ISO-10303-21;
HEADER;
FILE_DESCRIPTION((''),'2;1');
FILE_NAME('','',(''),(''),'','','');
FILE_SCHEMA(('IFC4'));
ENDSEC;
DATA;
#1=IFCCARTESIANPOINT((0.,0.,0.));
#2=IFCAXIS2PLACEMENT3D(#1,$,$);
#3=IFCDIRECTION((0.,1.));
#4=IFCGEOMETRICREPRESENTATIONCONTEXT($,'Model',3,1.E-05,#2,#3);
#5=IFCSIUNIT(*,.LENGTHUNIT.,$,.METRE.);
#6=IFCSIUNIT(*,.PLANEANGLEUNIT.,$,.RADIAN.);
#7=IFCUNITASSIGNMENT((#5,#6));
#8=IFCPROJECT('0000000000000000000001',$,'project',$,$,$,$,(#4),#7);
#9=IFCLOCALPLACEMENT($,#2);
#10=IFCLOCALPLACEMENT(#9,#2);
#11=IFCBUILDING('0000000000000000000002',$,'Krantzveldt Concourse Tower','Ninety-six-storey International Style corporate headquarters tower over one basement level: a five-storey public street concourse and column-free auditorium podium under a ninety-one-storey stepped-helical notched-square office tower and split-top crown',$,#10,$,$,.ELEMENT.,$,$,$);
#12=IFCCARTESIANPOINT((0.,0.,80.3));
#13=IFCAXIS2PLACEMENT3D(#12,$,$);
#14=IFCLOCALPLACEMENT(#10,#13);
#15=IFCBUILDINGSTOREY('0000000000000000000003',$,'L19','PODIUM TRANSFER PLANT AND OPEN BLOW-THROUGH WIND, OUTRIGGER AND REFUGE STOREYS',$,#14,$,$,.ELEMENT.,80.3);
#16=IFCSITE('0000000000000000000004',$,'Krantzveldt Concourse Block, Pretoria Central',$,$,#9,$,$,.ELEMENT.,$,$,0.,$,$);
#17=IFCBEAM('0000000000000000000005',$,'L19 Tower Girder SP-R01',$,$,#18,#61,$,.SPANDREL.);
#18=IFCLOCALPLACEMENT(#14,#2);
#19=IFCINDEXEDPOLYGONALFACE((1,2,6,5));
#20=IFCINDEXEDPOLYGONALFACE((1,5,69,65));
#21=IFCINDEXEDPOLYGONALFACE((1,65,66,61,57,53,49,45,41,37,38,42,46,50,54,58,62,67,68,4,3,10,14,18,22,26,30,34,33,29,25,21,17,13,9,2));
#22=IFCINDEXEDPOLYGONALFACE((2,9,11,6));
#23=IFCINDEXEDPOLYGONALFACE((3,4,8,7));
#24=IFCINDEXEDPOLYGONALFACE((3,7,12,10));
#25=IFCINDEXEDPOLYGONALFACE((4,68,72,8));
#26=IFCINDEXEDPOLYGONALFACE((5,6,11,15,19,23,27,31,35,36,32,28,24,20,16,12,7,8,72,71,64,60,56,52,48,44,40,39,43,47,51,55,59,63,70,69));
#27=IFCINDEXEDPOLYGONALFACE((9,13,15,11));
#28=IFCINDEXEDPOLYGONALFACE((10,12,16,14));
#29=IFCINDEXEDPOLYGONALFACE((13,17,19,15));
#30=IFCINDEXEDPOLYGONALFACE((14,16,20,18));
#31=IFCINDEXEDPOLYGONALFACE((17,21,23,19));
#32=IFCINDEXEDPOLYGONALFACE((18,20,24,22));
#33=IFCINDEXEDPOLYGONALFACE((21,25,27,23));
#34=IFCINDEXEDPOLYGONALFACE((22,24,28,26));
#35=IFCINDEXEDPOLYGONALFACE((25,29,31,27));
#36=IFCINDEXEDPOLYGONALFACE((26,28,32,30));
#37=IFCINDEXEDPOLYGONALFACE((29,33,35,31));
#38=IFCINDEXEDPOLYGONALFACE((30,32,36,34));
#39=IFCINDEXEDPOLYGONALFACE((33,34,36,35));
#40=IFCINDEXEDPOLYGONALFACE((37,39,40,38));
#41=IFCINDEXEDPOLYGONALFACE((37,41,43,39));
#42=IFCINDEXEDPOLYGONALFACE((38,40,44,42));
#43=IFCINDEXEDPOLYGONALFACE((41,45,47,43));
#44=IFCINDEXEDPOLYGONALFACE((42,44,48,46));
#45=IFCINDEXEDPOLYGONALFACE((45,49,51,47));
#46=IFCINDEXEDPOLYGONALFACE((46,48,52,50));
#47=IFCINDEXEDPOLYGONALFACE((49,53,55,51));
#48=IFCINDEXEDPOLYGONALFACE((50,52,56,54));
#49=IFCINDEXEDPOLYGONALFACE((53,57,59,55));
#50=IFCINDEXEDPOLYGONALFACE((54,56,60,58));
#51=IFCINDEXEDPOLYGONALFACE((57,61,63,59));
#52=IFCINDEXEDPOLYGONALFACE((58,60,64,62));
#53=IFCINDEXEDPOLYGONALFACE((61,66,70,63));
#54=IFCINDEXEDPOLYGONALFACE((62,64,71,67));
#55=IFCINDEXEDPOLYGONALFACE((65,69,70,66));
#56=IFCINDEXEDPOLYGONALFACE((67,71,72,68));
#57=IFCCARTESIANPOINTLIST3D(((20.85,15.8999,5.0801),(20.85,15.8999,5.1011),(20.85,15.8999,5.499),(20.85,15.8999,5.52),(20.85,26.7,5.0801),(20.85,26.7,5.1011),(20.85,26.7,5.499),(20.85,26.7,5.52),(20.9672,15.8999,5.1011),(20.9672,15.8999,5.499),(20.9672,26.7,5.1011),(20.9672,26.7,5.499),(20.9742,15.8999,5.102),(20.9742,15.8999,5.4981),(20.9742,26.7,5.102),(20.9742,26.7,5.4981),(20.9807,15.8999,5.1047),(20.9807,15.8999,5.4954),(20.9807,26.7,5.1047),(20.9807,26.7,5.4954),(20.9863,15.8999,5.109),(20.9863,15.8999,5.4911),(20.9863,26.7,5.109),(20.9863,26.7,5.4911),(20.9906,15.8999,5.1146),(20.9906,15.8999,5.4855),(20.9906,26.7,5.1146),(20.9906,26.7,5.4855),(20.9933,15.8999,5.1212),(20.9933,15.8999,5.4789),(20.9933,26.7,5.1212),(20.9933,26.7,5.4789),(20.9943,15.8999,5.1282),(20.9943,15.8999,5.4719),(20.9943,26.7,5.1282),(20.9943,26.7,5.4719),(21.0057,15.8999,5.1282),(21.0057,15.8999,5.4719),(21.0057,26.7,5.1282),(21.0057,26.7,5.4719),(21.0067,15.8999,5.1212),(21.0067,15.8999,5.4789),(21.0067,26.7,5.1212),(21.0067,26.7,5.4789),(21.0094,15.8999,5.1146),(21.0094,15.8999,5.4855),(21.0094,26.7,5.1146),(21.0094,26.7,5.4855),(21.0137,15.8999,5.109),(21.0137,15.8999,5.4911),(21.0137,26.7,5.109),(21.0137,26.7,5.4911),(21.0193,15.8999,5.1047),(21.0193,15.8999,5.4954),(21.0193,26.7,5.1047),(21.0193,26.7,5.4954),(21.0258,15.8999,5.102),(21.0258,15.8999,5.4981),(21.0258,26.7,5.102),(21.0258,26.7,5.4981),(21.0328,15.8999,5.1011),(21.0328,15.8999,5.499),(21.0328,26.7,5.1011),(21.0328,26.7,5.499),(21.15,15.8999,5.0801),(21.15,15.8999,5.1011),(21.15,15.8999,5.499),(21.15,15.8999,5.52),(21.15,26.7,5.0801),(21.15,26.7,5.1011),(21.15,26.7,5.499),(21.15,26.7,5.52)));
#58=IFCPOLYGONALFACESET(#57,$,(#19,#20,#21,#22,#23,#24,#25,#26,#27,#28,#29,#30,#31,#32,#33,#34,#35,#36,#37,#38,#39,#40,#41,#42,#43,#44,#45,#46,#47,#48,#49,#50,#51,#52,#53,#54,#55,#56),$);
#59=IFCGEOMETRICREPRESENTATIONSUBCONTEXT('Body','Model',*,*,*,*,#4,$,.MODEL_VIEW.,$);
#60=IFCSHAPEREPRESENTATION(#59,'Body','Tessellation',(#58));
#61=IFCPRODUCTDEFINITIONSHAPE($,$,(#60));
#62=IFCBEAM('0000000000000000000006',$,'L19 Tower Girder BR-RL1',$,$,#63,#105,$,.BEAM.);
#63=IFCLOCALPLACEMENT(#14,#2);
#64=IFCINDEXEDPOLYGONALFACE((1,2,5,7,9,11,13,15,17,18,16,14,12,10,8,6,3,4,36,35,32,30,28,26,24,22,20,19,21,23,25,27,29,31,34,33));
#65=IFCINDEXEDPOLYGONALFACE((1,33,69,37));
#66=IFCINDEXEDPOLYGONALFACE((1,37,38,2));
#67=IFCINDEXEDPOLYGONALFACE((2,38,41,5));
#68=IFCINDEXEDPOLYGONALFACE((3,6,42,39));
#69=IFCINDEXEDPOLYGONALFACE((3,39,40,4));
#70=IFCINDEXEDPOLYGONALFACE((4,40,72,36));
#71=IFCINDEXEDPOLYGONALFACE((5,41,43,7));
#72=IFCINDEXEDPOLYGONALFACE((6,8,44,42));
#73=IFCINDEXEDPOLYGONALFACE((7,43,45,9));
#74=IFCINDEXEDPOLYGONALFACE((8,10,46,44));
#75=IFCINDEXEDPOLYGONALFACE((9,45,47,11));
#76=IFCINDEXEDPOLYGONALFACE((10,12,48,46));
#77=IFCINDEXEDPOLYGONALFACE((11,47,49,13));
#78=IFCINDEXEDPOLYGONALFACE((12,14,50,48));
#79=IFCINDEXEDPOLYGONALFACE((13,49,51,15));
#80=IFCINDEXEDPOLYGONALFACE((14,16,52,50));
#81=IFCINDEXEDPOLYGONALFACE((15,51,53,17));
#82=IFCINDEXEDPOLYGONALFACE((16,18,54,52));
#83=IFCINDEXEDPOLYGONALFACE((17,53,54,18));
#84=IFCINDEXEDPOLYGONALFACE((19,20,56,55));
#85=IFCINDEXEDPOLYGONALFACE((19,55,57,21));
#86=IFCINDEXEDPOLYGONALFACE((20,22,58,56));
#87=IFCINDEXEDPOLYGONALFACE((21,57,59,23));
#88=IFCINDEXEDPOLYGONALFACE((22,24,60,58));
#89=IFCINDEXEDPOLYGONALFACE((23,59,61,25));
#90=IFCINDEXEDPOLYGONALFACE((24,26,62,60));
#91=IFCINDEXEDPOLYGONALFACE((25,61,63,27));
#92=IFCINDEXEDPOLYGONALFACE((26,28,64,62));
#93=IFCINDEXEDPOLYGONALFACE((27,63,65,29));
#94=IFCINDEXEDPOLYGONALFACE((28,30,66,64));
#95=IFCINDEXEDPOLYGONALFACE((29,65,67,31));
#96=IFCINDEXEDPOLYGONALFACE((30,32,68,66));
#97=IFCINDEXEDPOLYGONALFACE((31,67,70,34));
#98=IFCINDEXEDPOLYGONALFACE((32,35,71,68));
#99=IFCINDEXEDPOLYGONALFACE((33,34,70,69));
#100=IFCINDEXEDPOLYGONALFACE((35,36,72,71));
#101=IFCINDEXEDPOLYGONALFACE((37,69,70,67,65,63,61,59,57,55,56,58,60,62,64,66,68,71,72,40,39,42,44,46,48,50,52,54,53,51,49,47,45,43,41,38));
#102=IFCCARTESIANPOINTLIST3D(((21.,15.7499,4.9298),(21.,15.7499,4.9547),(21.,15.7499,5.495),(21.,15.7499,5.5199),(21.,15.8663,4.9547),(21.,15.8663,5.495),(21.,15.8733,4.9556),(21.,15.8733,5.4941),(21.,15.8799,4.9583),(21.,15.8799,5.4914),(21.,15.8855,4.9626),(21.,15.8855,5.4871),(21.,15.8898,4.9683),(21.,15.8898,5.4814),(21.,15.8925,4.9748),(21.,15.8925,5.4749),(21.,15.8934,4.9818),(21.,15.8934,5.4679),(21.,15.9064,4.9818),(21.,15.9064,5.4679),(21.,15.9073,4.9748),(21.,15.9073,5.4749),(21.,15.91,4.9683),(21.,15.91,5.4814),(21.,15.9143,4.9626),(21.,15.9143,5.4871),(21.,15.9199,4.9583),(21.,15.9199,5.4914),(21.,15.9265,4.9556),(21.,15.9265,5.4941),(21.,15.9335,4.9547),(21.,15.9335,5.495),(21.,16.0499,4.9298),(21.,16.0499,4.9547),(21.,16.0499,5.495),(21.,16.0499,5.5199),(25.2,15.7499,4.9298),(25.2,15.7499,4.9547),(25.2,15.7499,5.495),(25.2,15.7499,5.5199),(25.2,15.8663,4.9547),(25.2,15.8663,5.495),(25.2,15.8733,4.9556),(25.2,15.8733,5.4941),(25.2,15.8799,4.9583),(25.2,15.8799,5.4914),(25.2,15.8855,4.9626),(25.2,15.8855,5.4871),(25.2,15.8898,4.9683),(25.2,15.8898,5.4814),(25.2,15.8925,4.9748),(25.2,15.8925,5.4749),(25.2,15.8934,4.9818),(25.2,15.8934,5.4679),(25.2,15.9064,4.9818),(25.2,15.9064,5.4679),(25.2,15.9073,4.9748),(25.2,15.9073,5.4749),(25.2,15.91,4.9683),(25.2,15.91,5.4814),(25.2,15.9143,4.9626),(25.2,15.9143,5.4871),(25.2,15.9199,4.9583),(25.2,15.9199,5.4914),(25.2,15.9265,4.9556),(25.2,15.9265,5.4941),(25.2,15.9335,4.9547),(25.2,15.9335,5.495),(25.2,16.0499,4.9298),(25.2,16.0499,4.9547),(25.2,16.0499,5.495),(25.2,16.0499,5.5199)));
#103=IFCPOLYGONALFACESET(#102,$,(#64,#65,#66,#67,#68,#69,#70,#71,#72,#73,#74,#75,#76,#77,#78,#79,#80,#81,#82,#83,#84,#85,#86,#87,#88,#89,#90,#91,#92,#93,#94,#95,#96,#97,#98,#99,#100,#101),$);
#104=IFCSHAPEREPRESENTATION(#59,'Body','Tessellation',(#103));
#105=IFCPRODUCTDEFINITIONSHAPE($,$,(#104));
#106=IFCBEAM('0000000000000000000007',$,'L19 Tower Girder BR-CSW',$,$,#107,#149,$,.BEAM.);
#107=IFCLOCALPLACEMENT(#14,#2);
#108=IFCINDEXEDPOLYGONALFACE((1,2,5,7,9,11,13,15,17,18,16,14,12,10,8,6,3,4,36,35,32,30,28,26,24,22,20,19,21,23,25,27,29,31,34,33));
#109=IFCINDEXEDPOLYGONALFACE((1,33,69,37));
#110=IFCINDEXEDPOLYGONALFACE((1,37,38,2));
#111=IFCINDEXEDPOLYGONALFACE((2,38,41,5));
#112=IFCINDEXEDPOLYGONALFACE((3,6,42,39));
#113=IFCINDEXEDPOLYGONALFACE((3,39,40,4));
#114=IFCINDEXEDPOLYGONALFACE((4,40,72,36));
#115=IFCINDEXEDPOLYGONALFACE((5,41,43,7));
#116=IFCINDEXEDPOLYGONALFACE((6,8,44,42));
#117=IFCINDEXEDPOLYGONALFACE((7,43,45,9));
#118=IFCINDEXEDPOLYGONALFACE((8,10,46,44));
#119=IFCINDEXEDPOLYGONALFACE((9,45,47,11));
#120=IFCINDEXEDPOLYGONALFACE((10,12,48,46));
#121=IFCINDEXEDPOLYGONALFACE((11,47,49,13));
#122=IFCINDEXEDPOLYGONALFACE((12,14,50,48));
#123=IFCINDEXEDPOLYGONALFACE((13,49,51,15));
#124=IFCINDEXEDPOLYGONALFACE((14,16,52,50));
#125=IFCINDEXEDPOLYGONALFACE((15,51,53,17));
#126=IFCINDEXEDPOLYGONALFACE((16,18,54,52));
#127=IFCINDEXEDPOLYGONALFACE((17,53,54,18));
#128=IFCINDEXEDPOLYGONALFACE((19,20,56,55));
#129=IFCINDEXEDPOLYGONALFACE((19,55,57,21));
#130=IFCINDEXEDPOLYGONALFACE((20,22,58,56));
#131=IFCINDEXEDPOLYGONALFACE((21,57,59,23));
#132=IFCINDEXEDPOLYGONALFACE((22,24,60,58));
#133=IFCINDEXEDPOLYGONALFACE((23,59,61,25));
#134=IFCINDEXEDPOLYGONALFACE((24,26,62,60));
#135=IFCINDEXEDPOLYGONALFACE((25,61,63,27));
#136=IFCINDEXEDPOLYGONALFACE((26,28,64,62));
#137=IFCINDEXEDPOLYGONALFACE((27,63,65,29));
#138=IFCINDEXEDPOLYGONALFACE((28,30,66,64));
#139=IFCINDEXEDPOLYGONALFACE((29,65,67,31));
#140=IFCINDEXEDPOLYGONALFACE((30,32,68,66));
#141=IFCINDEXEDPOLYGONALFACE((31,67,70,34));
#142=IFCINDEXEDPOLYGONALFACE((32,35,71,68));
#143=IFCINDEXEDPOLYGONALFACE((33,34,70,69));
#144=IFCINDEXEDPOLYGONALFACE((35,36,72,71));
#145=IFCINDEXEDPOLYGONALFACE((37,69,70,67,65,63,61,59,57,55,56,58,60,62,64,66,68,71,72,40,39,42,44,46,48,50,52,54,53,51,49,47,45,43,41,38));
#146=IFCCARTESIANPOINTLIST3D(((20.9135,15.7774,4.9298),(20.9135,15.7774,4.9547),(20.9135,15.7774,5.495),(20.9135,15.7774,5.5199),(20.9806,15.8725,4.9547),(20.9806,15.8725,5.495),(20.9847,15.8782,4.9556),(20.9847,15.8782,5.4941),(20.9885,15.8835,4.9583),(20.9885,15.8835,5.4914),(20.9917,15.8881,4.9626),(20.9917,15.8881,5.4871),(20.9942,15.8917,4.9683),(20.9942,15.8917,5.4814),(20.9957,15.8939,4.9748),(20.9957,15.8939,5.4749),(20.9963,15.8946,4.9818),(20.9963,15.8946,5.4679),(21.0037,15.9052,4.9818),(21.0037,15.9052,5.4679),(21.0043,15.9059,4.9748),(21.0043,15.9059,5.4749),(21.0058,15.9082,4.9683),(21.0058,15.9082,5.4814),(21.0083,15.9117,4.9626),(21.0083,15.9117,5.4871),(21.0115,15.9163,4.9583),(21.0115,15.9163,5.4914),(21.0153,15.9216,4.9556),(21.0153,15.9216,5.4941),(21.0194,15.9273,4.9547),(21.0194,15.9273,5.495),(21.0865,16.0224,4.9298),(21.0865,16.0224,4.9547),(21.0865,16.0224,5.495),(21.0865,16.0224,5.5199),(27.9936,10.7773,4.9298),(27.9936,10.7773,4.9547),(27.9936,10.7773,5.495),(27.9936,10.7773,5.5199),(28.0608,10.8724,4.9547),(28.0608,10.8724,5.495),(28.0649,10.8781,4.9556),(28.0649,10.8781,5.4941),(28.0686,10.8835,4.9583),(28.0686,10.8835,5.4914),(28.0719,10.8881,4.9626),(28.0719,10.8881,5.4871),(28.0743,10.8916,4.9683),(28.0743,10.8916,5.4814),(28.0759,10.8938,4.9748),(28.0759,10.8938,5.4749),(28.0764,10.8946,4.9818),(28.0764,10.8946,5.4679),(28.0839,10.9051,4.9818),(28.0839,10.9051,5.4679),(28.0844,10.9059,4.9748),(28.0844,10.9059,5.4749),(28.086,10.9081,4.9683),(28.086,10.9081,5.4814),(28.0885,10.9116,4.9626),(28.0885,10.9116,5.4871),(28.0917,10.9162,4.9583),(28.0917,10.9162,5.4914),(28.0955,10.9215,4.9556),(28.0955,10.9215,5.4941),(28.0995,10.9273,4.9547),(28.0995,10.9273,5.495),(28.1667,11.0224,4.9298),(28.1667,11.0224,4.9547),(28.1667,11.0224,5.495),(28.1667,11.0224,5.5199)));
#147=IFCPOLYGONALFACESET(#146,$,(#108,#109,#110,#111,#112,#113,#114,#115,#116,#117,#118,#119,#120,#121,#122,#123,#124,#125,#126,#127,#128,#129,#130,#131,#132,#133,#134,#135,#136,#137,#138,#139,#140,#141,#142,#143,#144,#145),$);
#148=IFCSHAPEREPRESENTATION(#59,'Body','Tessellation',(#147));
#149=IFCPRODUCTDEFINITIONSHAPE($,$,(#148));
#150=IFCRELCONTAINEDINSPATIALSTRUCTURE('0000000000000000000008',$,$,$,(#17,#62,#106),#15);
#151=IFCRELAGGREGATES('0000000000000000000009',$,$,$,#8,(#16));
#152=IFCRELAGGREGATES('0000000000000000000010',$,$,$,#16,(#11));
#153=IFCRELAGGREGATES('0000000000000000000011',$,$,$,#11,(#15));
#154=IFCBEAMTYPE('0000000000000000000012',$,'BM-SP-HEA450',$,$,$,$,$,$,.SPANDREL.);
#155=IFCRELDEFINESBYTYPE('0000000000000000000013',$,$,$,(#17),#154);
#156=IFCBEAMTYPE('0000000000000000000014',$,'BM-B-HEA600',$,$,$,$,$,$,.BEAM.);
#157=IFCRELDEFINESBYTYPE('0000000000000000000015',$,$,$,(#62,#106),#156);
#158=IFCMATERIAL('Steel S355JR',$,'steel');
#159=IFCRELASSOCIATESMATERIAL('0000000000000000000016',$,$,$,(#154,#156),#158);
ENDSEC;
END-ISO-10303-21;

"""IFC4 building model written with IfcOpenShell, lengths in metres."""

from ifc_helpers import new_model, si_unit, direction, frame, origin, origin_2d, place, context, subcontext, project, spatial, i_section, extrude, source, transform, mapped, material, material_profile, profile_set, type_object, type_shapes, element, save


model = new_model("IFC4")

# Units and contexts
model_context = context("Model", 3, precision=1e-05, world=origin(), true_north=direction((0.0, 1.0)))
body_context = subcontext(model_context, "Body", "Model", "MODEL_VIEW")
ifc_project = project(units=[si_unit("LENGTHUNIT", "METRE"), si_unit("PLANEANGLEUNIT", "RADIAN")], contexts=[model_context])

# Site, building, storey
site_placement = place(None, origin())
site = spatial("IfcSite", under=ifc_project, at=site_placement, Name="Krantzveldt Concourse Block, Pretoria Central", CompositionType="ELEMENT", RefElevation=0.0)
building_placement = place(site_placement, origin())
building = spatial("IfcBuilding", under=site, at=building_placement, Name="Krantzveldt Concourse Tower", Description="Ninety-six-storey International Style corporate headquarters tower over one basement level: a five-storey public street concourse and column-free auditorium podium under a ninety-one-storey stepped-helical notched-square office tower and split-top crown", CompositionType="ELEMENT")
storey_placement = place(building_placement, frame((0.0, 0.0, 80.3)))
storey = spatial("IfcBuildingStorey", under=building, at=storey_placement, Name="L19", Description="PODIUM TRANSFER PLANT AND OPEN BLOW-THROUGH WIND, OUTRIGGER AND REFUGE STOREYS", CompositionType="ELEMENT", Elevation=80.3)

# Beams
ifc_material_1 = material(Name="Steel S355JR", Category="steel")
ifc_material_profile_1 = material_profile(ifc_material_1, i_section(OverallWidth=0.3, OverallDepth=0.4399, WebThickness=0.0115, FlangeThickness=0.021, FilletRadius=0.0271, at=origin_2d()), Name="Steel S355JR", Category="steel")
ifc_profile_set_1 = profile_set([ifc_material_profile_1], Name="Steel S355JR - HEA 450")
beam_type_1 = type_object("IfcBeamType", Name="BM-SP-HEA450", PredefinedType="SPANDREL", material=ifc_profile_set_1)
shared_shape_1 = source(origin(), body_context, "Body", "SweptSolid", [
    extrude(i_section(OverallWidth=0.3, OverallDepth=0.4399, WebThickness=0.0115, FlangeThickness=0.021, FilletRadius=0.0271, at=origin_2d()), origin(), (0.0, 0.0, 1.0), 10.8),
])
type_shapes(beam_type_1, [shared_shape_1])
beam_1_placement = place(storey_placement, frame((21.0, 15.8999, 5.3), z_axis=(0.0, 1.0, 0.0), x_axis=(-1.0, 0.0, 0.0)))
element("IfcBeam", 1, at=beam_1_placement, inside=storey, type_object=beam_type_1, Name="L19 Tower Girder SP-R01", PredefinedType="SPANDREL", context=body_context, shape_type="MappedRepresentation", body=[
    mapped(shared_shape_1, transform((0.0, 0.0, 0.0), x_axis=(1.0, 0.0, 0.0), y_axis=(0.0, 1.0, 0.0), z_axis=(0.0, 0.0, 1.0), scale=1.0)),
])
ifc_material_profile_2 = material_profile(ifc_material_1, i_section(OverallWidth=0.3, OverallDepth=0.5901, WebThickness=0.0129, FlangeThickness=0.0249, FilletRadius=0.0271, at=origin_2d()), Name="Steel S355JR", Category="steel")
ifc_profile_set_2 = profile_set([ifc_material_profile_2], Name="Steel S355JR - HEA 600")
beam_type_2 = type_object("IfcBeamType", Name="BM-B-HEA600", PredefinedType="BEAM", material=ifc_profile_set_2)
shared_shape_2 = source(origin(), body_context, "Body", "SweptSolid", [
    extrude(i_section(OverallWidth=0.3, OverallDepth=0.5901, WebThickness=0.0129, FlangeThickness=0.0249, FilletRadius=0.0271, at=origin_2d()), origin(), (0.0, 0.0, 1.0), 4.2),
])
beam_2_placement = place(storey_placement, frame((21.0, 15.8999, 5.2249), z_axis=(1.0, 0.0, 0.0), x_axis=(0.0, 1.0, 0.0)))
element("IfcBeam", 2, at=beam_2_placement, inside=storey, type_object=beam_type_2, Name="L19 Tower Girder BR-RL1", PredefinedType="BEAM", context=body_context, shape_type="MappedRepresentation", body=[
    mapped(shared_shape_2, transform((0.0, 0.0, 0.0), x_axis=(1.0, 0.0, 0.0), y_axis=(0.0, 1.0, 0.0), z_axis=(0.0, 0.0, 1.0), scale=1.0)),
])
shared_shape_3 = source(origin(), body_context, "Body", "SweptSolid", [
    extrude(i_section(OverallWidth=0.3, OverallDepth=0.5901, WebThickness=0.0129, FlangeThickness=0.0249, FilletRadius=0.0271, at=origin_2d()), origin(), (0.0, 0.0, 1.0), 8.6677),
])
type_shapes(beam_type_2, [shared_shape_2, shared_shape_3])
beam_3_placement = place(storey_placement, frame((21.0, 15.8999, 5.2249), z_axis=(0.816843, -0.57686, 0.0), x_axis=(0.57686, 0.816843, 0.0)))
element("IfcBeam", 3, at=beam_3_placement, inside=storey, type_object=beam_type_2, Name="L19 Tower Girder BR-CSW", PredefinedType="BEAM", context=body_context, shape_type="MappedRepresentation", body=[
    mapped(shared_shape_3, transform((0.0, 0.0, 0.0), x_axis=(1.0, 0.0, 0.0), y_axis=(0.0, 1.0, 0.0), z_axis=(0.0, 0.0, 1.0), scale=1.0)),
])

save(model, "model.ifc")
